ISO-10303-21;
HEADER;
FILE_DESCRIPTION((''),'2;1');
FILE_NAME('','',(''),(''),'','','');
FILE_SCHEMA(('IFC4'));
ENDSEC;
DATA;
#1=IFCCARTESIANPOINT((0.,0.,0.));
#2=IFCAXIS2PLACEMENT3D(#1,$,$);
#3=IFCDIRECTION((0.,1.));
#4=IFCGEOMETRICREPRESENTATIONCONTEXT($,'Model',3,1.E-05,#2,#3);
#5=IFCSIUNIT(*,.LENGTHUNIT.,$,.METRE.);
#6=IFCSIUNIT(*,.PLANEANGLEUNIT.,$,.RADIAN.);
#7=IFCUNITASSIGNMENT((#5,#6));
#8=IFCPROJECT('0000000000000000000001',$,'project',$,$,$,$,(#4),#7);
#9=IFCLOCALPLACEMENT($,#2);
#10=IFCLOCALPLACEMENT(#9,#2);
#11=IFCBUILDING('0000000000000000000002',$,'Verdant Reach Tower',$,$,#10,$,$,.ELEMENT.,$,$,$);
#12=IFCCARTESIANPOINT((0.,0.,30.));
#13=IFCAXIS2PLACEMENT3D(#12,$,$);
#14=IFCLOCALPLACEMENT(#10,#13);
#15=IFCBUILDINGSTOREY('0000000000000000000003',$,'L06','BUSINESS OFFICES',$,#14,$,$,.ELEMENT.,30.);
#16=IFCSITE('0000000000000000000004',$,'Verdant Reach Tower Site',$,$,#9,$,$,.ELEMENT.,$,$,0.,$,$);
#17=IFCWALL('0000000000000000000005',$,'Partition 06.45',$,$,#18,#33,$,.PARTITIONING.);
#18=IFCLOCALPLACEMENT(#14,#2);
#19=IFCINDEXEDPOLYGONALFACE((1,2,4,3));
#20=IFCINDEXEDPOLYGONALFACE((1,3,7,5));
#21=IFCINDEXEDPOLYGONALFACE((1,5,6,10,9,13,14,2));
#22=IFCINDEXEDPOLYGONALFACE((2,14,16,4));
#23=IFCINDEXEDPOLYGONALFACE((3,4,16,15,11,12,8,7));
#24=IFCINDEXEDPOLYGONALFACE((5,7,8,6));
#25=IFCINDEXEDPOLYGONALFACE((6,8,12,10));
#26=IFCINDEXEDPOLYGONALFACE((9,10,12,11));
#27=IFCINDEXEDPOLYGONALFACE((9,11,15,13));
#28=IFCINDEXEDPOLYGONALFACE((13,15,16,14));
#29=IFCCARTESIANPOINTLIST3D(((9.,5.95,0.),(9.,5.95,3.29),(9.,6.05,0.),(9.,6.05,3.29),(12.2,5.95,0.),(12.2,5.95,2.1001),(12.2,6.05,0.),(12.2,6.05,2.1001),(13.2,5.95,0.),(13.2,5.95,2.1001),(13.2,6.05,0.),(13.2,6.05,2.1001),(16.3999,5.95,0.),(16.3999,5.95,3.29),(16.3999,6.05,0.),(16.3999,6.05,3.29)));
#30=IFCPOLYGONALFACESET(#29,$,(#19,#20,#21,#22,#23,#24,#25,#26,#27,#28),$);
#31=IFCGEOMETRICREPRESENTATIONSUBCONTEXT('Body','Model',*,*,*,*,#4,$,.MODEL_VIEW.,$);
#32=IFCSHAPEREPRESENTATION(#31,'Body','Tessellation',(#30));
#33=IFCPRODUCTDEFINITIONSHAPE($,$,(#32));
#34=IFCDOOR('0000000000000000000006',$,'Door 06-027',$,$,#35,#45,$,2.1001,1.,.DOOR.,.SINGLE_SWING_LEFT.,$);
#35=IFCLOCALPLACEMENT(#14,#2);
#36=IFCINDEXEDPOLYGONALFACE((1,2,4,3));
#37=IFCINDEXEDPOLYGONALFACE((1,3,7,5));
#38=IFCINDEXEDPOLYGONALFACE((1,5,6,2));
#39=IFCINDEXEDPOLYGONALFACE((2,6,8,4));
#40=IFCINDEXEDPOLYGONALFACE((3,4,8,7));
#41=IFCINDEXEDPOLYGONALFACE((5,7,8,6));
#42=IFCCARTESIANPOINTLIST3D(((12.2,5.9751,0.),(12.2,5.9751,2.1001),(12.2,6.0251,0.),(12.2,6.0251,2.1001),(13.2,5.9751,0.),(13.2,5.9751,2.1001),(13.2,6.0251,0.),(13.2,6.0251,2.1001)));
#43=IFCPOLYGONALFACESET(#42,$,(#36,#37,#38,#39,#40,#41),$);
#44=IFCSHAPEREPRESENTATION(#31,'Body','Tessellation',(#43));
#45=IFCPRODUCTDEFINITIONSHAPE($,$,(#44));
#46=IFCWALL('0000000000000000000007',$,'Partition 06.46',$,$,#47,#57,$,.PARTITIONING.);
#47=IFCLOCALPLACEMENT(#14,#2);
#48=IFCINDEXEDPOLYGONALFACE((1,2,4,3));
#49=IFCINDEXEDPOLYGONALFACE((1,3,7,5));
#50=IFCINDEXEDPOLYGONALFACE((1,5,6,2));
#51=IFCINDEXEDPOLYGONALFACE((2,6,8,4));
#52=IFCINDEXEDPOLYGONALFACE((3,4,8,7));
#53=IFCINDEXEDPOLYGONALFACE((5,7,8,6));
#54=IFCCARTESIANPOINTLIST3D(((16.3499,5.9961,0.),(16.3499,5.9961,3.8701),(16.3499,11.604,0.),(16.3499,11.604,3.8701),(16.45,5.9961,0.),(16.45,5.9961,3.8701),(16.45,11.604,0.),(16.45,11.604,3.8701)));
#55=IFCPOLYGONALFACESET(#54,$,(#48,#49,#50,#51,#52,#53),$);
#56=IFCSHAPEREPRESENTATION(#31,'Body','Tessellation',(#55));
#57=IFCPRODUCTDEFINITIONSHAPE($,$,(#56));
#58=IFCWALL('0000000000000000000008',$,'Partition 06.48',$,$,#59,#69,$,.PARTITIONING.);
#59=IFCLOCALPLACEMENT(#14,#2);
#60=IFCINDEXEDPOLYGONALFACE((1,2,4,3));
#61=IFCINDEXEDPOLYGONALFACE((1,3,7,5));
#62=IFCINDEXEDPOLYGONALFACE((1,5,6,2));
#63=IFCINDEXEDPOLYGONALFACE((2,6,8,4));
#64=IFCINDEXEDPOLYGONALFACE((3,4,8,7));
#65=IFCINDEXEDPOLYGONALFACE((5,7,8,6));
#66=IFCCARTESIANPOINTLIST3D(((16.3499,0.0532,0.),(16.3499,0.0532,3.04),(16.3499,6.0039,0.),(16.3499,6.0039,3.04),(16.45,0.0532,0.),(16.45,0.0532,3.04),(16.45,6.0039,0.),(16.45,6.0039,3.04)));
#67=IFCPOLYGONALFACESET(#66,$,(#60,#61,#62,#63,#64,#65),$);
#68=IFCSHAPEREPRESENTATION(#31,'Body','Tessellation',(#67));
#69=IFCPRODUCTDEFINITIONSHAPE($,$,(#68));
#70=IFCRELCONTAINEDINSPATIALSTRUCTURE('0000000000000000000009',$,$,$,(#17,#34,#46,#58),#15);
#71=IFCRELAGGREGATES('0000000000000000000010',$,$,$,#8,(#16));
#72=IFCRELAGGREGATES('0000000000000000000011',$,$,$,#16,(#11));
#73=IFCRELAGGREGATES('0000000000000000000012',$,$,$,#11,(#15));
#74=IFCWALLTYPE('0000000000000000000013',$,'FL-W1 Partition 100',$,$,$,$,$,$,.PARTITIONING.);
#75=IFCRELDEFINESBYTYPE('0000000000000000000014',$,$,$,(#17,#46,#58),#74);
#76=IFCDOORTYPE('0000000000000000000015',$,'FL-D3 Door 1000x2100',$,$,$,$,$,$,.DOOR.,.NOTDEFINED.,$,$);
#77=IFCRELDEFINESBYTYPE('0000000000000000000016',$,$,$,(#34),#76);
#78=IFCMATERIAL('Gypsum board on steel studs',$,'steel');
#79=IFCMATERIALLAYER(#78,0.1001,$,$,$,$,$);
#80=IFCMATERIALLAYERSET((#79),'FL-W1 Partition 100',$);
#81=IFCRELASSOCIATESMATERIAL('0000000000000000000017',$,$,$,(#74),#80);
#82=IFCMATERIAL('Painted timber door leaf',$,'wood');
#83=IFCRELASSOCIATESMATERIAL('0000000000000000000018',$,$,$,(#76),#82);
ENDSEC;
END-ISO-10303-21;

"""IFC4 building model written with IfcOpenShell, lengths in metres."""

from ifc_helpers import new_model, si_unit, direction, frame, frame_2d, origin, place, context, subcontext, project, spatial, rectangle, extrude, material, layer, layer_set, type_object, element, fill, save


model = new_model("IFC4")

# Units and contexts
model_context = context("Model", 3, precision=1e-05, world=origin(), true_north=direction((0.0, 1.0)))
body_context = subcontext(model_context, "Body", "Model", "MODEL_VIEW")
ifc_project = project(units=[si_unit("LENGTHUNIT", "METRE"), si_unit("PLANEANGLEUNIT", "RADIAN")], contexts=[model_context])

# Site, building, storey
site_placement = place(None, origin())
site = spatial("IfcSite", under=ifc_project, at=site_placement, Name="Verdant Reach Tower Site", CompositionType="ELEMENT", RefElevation=0.0)
building_placement = place(site_placement, origin())
building = spatial("IfcBuilding", under=site, at=building_placement, Name="Verdant Reach Tower", CompositionType="ELEMENT")
storey_placement = place(building_placement, frame((0.0, 0.0, 30.0)))
storey = spatial("IfcBuildingStorey", under=building, at=storey_placement, Name="L06", Description="BUSINESS OFFICES", CompositionType="ELEMENT", Elevation=30.0)

# Wall, opening, door
ifc_material_1 = material(Name="Gypsum board on steel studs", Category="steel")
ifc_layer_1 = layer(ifc_material_1, 0.1001)
ifc_layer_set_1 = layer_set([ifc_layer_1], Name="FL-W1 Partition 100")
wall_type_1 = type_object("IfcWallType", Name="FL-W1 Partition 100", PredefinedType="PARTITIONING", material=ifc_layer_set_1)
wall_1_placement = place(storey_placement, frame((16.3999, 6.0, 0.0), z_axis=(0.0, 0.0, 1.0), x_axis=(-1.0, 0.0, 0.0)))
wall_1 = element("IfcWall", 1, at=wall_1_placement, inside=storey, type_object=wall_type_1, Name="Partition 06.45", PredefinedType="PARTITIONING", context=body_context, shape_type="SweptSolid", body=[
    extrude(rectangle(XDim=7.3999, YDim=0.1001, at=frame_2d((3.7, 0.0))), origin(), (0.0, 0.0, 1.0), 3.29),
])
opening_1_placement = place(wall_1_placement, frame((3.2, 0.0, 0.0)))
opening_1 = element("IfcOpeningElement", 2, at=opening_1_placement, cuts=wall_1, PredefinedType="OPENING", context=body_context, shape_type="SweptSolid", body=[
    extrude(rectangle(XDim=1.0, YDim=2.1001, at=frame_2d((0.5, 1.05))), frame((0.0, 0.0601, 0.0), z_axis=(0.0, -1.0, 0.0), x_axis=(1.0, 0.0, 0.0)), (0.0, 0.0, 1.0), 0.1201),
])
ifc_material_2 = material(Name="Painted timber door leaf", Category="wood")
door_type_1 = type_object("IfcDoorType", Name="FL-D3 Door 1000x2100", OperationType="NOTDEFINED", PredefinedType="DOOR", material=ifc_material_2)
door_1_placement = place(opening_1_placement, origin())
door_1 = element("IfcDoor", 3, at=door_1_placement, inside=storey, type_object=door_type_1, Name="Door 06-027", OperationType="SINGLE_SWING_LEFT", OverallHeight=2.1001, OverallWidth=1.0, PredefinedType="DOOR", context=body_context, shape_type="SweptSolid", body=[
    extrude(rectangle(XDim=1.0, YDim=2.1001, at=frame_2d((0.5, 1.05))), frame((0.0, 0.0249, 0.0), z_axis=(0.0, -1.0, 0.0), x_axis=(1.0, 0.0, 0.0)), (0.0, 0.0, 1.0), 0.05),
])
fill(opening_1, door_1)

# Walls
wall_2_placement = place(storey_placement, frame((16.3999, 5.9961, 0.0), z_axis=(0.0, 0.0, 1.0), x_axis=(0.0, 1.0, 0.0)))
element("IfcWall", 4, at=wall_2_placement, inside=storey, type_object=wall_type_1, Name="Partition 06.46", PredefinedType="PARTITIONING", context=body_context, shape_type="SweptSolid", body=[
    extrude(rectangle(XDim=5.6079, YDim=0.1001, at=frame_2d((2.804, 0.0))), origin(), (0.0, 0.0, 1.0), 3.8701),
])
wall_3_placement = place(storey_placement, frame((16.3999, 0.0532, 0.0), z_axis=(0.0, 0.0, 1.0), x_axis=(0.0, 1.0, 0.0)))
element("IfcWall", 5, at=wall_3_placement, inside=storey, type_object=wall_type_1, Name="Partition 06.48", PredefinedType="PARTITIONING", context=body_context, shape_type="SweptSolid", body=[
    extrude(rectangle(XDim=5.9507, YDim=0.1001, at=frame_2d((2.9753, 0.0))), origin(), (0.0, 0.0, 1.0), 3.04),
])

save(model, "model.ifc")
